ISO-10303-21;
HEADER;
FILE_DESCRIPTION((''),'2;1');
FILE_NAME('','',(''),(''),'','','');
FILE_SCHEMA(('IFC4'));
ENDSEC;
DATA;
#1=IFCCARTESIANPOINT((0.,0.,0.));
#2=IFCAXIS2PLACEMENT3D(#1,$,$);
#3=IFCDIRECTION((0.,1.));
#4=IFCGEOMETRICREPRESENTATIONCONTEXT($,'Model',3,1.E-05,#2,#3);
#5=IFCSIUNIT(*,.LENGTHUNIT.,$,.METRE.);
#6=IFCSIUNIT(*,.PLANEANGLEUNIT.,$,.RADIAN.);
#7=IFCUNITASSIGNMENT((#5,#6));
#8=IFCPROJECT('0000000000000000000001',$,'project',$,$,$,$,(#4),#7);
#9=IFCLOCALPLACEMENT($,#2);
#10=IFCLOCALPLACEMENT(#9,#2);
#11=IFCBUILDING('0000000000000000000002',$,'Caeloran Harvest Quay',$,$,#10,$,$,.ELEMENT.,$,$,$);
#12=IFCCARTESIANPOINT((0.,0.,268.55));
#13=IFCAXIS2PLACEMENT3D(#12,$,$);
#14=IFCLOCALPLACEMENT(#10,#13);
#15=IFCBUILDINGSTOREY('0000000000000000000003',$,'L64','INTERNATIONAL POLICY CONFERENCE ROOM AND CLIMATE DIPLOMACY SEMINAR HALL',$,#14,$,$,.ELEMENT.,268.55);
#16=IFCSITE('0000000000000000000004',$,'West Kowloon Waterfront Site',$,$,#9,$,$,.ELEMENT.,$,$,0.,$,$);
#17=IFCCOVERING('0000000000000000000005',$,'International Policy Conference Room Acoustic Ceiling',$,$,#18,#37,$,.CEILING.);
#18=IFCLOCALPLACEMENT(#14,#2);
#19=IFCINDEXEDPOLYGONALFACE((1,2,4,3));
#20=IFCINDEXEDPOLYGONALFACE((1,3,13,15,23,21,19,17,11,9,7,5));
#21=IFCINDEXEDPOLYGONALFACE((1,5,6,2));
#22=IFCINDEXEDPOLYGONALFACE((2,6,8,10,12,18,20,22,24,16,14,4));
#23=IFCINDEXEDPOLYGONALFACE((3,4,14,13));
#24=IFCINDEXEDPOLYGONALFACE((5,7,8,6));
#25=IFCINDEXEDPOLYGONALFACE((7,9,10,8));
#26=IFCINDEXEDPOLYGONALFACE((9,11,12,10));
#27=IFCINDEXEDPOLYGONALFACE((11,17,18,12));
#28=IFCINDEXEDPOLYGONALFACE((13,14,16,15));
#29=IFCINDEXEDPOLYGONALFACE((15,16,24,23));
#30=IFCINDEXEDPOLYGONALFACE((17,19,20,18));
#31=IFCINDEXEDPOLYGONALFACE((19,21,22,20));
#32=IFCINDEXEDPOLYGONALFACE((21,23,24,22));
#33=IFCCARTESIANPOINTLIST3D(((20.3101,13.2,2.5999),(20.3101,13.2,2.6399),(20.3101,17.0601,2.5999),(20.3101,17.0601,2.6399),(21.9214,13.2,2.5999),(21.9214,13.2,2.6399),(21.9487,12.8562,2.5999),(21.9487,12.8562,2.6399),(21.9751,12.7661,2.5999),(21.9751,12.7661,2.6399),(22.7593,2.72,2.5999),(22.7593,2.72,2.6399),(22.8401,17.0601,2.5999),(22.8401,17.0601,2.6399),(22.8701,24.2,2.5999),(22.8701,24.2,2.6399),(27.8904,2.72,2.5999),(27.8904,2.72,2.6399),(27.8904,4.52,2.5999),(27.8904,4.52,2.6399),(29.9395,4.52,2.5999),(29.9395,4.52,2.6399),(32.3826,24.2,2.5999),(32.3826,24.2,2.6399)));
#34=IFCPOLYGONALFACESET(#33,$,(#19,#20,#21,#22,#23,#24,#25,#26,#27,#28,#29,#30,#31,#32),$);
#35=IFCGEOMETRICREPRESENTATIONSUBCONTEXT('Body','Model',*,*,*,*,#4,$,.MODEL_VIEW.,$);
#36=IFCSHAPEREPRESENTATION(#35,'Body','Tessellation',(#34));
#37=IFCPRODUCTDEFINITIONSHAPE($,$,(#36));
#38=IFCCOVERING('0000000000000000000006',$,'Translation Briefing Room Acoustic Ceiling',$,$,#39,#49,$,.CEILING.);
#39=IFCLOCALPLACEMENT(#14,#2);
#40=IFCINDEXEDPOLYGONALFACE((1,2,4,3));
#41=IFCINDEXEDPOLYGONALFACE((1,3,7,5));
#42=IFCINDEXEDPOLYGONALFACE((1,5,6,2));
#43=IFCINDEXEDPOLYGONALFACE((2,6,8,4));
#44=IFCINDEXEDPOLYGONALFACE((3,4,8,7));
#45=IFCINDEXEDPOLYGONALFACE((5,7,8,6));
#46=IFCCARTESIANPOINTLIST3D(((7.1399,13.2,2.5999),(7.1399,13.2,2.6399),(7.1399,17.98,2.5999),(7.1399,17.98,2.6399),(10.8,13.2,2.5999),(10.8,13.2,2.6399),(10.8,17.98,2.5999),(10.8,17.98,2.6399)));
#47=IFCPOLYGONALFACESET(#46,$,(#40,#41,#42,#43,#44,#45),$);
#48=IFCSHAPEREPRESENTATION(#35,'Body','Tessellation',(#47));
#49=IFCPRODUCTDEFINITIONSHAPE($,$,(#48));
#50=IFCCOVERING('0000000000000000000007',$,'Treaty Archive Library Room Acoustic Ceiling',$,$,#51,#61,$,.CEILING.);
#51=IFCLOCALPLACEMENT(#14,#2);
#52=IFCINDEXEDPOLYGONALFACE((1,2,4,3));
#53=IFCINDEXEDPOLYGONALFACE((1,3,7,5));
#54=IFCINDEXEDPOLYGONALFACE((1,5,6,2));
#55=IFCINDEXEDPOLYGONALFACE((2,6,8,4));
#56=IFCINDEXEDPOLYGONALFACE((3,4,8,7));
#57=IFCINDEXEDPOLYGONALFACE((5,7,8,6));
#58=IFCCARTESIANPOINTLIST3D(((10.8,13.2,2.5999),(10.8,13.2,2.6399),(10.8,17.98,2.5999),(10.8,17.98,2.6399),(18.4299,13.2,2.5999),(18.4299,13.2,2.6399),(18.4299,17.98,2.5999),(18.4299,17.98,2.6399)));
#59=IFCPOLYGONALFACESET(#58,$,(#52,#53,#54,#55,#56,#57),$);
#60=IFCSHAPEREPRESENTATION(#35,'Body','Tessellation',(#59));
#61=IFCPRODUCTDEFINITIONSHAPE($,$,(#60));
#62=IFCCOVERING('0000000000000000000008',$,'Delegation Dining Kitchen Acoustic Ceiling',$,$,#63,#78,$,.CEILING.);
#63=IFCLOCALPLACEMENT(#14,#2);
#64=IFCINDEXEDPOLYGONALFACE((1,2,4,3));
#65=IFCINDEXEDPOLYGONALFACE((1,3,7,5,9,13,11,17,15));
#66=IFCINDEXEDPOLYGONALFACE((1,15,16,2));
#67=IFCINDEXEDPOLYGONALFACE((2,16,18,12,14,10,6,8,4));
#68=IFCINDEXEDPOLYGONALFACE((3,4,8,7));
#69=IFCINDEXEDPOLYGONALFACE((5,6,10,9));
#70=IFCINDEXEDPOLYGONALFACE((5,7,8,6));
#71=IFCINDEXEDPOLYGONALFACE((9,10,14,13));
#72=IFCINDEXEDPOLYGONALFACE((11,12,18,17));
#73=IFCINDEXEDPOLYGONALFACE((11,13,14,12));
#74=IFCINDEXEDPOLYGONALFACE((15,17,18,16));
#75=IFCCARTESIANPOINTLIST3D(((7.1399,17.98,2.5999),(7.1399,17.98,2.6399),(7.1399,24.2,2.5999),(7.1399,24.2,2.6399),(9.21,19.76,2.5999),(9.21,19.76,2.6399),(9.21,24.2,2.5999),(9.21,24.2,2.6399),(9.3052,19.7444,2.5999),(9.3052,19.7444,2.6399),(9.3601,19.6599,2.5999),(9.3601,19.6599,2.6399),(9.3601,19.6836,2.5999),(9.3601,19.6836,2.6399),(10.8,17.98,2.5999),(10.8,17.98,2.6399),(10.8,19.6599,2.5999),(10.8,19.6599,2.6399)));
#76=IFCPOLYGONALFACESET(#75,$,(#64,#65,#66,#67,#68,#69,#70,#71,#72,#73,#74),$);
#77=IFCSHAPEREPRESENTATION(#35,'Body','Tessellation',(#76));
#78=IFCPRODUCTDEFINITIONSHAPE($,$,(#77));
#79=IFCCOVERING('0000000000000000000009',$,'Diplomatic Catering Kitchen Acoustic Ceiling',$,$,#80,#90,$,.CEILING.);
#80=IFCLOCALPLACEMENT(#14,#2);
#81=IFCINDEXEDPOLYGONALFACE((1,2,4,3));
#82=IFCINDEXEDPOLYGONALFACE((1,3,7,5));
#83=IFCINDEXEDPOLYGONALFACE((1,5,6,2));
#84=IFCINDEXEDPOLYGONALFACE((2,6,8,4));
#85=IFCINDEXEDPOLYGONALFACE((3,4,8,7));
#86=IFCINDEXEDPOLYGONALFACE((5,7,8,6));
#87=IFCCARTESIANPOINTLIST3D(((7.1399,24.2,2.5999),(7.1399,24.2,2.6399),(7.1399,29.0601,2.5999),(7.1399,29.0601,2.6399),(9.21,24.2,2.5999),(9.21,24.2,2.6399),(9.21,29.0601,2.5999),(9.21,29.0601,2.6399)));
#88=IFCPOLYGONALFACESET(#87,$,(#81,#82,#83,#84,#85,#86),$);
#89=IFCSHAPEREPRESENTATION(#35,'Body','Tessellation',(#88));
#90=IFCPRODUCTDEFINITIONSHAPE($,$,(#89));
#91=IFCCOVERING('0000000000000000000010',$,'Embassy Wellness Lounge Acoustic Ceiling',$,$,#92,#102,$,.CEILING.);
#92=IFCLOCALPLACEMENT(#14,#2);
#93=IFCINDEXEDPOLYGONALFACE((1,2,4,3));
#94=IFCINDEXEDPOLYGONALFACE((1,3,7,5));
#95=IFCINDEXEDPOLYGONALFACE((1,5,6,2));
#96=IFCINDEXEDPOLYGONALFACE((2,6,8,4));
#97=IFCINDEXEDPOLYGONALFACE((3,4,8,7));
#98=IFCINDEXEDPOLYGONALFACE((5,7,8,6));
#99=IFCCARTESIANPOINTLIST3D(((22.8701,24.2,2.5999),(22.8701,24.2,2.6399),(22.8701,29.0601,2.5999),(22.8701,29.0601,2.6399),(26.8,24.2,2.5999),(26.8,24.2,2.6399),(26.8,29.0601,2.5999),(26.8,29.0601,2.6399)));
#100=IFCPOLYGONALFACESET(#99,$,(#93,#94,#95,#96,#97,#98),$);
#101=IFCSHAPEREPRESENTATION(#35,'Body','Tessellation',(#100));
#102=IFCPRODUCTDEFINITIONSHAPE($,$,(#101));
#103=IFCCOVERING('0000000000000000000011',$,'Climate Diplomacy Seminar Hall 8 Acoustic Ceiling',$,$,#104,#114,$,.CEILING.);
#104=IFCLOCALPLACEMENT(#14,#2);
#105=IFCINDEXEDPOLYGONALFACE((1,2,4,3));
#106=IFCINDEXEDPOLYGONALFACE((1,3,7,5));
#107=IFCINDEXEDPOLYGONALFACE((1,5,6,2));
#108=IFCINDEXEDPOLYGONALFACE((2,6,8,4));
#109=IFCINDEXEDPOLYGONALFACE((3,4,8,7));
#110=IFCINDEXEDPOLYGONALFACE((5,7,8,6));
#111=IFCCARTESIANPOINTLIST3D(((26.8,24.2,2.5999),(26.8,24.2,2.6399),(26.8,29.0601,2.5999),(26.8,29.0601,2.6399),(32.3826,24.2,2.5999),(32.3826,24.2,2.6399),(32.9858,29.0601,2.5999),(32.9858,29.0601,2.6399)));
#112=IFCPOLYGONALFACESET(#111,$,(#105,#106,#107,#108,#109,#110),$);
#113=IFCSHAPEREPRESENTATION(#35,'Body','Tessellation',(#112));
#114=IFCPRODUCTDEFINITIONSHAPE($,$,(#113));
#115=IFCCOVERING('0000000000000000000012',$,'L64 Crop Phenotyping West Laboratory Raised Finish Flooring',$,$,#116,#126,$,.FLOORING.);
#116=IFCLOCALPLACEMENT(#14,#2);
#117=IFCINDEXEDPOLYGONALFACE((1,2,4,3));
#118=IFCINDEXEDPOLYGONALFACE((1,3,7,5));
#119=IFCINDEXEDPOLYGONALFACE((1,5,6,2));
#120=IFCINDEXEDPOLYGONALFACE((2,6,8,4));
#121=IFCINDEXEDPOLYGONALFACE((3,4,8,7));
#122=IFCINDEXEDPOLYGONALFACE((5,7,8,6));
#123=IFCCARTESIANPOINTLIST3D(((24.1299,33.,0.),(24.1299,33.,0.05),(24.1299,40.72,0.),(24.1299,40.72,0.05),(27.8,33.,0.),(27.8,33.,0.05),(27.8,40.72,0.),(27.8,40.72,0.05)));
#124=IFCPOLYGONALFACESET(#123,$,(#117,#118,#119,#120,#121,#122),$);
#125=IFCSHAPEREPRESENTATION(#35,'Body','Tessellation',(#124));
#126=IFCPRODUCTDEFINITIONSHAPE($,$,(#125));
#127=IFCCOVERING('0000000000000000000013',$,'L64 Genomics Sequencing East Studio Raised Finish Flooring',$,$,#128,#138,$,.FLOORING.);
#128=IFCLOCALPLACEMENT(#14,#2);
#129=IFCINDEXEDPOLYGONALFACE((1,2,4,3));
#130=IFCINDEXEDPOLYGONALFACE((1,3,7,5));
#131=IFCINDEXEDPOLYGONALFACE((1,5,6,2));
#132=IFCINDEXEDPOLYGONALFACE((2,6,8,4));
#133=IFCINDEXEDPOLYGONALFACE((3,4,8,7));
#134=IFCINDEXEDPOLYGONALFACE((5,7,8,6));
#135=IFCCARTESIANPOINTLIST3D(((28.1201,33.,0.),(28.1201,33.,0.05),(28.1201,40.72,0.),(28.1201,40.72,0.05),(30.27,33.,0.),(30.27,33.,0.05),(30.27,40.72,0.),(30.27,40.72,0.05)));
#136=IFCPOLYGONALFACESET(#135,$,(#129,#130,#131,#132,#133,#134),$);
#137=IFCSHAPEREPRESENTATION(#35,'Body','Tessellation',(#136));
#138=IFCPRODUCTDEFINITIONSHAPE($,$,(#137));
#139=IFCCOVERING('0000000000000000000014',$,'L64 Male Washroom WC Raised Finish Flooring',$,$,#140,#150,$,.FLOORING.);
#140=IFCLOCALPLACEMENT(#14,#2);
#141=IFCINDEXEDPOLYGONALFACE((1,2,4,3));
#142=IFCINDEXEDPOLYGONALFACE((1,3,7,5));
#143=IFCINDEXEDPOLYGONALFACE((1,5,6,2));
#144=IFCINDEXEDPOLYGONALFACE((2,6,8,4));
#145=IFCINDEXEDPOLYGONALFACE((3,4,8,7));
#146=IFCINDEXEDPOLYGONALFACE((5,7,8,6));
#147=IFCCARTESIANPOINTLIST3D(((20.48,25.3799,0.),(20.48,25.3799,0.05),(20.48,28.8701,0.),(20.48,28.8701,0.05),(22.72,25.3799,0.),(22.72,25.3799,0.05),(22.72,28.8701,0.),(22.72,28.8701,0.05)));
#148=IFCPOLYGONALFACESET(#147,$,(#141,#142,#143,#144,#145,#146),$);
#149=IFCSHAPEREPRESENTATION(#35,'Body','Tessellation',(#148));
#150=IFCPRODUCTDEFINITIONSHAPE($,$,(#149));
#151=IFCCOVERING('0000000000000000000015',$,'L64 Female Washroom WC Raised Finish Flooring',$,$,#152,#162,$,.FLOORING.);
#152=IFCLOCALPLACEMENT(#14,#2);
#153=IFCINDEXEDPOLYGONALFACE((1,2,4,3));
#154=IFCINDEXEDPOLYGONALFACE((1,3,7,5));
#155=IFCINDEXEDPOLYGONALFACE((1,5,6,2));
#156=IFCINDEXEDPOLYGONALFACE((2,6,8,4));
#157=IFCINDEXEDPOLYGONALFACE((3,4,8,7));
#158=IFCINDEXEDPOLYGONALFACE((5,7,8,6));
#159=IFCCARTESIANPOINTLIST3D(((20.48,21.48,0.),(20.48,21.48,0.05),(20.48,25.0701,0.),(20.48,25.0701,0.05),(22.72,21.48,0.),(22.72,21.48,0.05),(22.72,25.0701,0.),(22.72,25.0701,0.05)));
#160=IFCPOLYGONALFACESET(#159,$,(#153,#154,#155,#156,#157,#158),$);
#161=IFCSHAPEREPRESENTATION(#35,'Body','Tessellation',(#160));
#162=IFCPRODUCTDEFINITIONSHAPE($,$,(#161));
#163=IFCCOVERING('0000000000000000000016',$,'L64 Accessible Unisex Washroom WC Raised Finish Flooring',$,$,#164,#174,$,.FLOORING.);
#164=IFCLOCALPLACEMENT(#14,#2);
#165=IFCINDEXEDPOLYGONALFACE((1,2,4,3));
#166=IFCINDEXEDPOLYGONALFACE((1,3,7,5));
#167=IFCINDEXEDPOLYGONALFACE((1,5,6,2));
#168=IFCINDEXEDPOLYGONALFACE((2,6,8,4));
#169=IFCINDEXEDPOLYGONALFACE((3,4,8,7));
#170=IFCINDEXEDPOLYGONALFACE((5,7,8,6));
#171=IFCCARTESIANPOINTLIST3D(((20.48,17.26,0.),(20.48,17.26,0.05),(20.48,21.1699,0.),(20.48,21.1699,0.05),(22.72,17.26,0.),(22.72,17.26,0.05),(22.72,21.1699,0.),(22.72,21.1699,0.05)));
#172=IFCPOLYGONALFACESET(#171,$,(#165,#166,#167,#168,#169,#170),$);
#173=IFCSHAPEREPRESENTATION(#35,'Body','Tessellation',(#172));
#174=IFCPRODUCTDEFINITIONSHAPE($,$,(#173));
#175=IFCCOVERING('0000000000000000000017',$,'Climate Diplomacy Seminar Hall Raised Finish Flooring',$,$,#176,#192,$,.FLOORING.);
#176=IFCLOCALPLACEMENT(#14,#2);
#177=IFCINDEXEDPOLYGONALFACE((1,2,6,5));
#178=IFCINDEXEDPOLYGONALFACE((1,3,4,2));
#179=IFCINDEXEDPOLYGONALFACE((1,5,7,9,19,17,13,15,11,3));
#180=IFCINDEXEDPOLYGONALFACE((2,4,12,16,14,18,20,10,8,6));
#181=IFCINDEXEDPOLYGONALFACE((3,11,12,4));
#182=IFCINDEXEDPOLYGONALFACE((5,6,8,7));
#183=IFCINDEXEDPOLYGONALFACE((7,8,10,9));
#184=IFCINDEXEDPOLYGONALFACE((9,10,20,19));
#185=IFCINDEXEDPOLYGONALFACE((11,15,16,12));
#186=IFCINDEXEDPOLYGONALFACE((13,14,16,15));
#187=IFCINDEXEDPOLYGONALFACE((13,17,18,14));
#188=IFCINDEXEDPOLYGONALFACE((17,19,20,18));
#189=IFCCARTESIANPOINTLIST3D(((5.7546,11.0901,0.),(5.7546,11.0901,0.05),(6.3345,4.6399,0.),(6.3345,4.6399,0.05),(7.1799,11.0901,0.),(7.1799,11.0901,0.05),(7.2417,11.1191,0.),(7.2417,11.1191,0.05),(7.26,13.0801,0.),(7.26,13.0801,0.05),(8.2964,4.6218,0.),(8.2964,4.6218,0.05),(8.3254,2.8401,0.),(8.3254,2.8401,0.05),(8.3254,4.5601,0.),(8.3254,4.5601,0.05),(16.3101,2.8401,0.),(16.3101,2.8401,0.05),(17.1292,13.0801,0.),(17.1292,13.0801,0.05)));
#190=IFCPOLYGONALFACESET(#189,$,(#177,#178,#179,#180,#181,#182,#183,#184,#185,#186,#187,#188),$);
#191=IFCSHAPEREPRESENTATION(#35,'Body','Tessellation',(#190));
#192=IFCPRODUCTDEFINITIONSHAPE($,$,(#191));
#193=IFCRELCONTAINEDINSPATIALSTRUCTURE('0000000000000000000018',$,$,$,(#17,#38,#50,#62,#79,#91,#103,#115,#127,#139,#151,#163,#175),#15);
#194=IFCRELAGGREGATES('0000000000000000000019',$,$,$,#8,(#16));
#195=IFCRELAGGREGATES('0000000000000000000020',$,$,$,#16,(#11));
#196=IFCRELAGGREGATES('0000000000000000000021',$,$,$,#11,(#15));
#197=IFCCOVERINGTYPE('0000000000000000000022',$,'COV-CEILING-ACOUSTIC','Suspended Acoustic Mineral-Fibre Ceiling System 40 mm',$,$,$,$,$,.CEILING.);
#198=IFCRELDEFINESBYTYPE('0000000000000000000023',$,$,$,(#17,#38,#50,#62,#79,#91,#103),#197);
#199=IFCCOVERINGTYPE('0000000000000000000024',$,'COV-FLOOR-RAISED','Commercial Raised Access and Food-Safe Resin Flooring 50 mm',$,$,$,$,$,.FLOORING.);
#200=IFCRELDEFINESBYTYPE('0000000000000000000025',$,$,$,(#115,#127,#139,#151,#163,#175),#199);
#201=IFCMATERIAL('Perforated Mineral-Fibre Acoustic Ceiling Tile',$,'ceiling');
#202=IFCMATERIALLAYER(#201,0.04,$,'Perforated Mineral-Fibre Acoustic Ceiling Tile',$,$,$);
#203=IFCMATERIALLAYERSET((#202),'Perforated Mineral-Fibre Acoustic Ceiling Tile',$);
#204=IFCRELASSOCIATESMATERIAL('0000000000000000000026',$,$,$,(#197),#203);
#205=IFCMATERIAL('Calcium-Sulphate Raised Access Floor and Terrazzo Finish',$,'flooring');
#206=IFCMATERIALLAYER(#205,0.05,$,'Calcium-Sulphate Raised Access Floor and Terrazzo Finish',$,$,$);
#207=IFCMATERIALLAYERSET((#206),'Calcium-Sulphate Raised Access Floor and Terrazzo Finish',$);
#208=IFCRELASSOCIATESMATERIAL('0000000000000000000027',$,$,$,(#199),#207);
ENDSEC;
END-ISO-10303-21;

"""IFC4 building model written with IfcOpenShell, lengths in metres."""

from ifc_helpers import new_model, si_unit, direction, frame, origin, place, context, subcontext, project, spatial, polyline, outline, extrude, material, layer, layer_set, type_object, element, save


model = new_model("IFC4")

# Units and contexts
model_context = context("Model", 3, precision=1e-05, world=origin(), true_north=direction((0.0, 1.0)))
body_context = subcontext(model_context, "Body", "Model", "MODEL_VIEW")
ifc_project = project(units=[si_unit("LENGTHUNIT", "METRE"), si_unit("PLANEANGLEUNIT", "RADIAN")], contexts=[model_context])

# Site, building, storey
site_placement = place(None, origin())
site = spatial("IfcSite", under=ifc_project, at=site_placement, Name="West Kowloon Waterfront Site", CompositionType="ELEMENT", RefElevation=0.0)
building_placement = place(site_placement, origin())
building = spatial("IfcBuilding", under=site, at=building_placement, Name="Caeloran Harvest Quay", CompositionType="ELEMENT")
storey_placement = place(building_placement, frame((0.0, 0.0, 268.55)))
storey = spatial("IfcBuildingStorey", under=building, at=storey_placement, Name="L64", Description="INTERNATIONAL POLICY CONFERENCE ROOM AND CLIMATE DIPLOMACY SEMINAR HALL", CompositionType="ELEMENT", Elevation=268.55)

# Coverings
ifc_material_1 = material(Name="Perforated Mineral-Fibre Acoustic Ceiling Tile", Category="ceiling")
ifc_layer_1 = layer(ifc_material_1, 0.04, Name="Perforated Mineral-Fibre Acoustic Ceiling Tile")
ifc_layer_set_1 = layer_set([ifc_layer_1], Name="Perforated Mineral-Fibre Acoustic Ceiling Tile")
covering_type_1 = type_object("IfcCoveringType", Name="COV-CEILING-ACOUSTIC", Description="Suspended Acoustic Mineral-Fibre Ceiling System 40 mm", PredefinedType="CEILING", material=ifc_layer_set_1)
covering_1_placement = place(storey_placement, frame((0.0, 0.0, 2.5999)))
element("IfcCovering", 1, at=covering_1_placement, inside=storey, type_object=covering_type_1, Name="International Policy Conference Room Acoustic Ceiling", PredefinedType="CEILING", context=body_context, shape_type="SweptSolid", body=[
    extrude(outline(polyline([(29.9395, 4.52), (27.8904, 4.52), (27.8904, 2.72), (22.7593, 2.72), (21.9751, 12.7661), (21.9487, 12.8562), (21.9214, 13.2), (20.3101, 13.2), (20.3101, 17.0601), (22.8401, 17.0601), (22.8701, 24.2), (32.3826, 24.2), (29.9395, 4.52)])), origin(), (0.0, 0.0, 1.0), 0.04),
])
covering_2_placement = place(storey_placement, frame((0.0, 0.0, 2.5999)))
element("IfcCovering", 2, at=covering_2_placement, inside=storey, type_object=covering_type_1, Name="Translation Briefing Room Acoustic Ceiling", PredefinedType="CEILING", context=body_context, shape_type="SweptSolid", body=[
    extrude(outline(polyline([(7.1399, 17.98), (10.8, 17.98), (10.8, 13.2), (7.1399, 13.2), (7.1399, 17.98)])), origin(), (0.0, 0.0, 1.0), 0.04),
])
covering_3_placement = place(storey_placement, frame((0.0, 0.0, 2.5999)))
element("IfcCovering", 3, at=covering_3_placement, inside=storey, type_object=covering_type_1, Name="Treaty Archive Library Room Acoustic Ceiling", PredefinedType="CEILING", context=body_context, shape_type="SweptSolid", body=[
    extrude(outline(polyline([(18.4299, 13.2), (10.8, 13.2), (10.8, 17.98), (18.4299, 17.98), (18.4299, 13.2)])), origin(), (0.0, 0.0, 1.0), 0.04),
])
covering_4_placement = place(storey_placement, frame((0.0, 0.0, 2.5999)))
element("IfcCovering", 4, at=covering_4_placement, inside=storey, type_object=covering_type_1, Name="Delegation Dining Kitchen Acoustic Ceiling", PredefinedType="CEILING", context=body_context, shape_type="SweptSolid", body=[
    extrude(outline(polyline([(9.21, 19.76), (9.3052, 19.7444), (9.3601, 19.6836), (9.3601, 19.6599), (10.8, 19.6599), (10.8, 17.98), (7.1399, 17.98), (7.1399, 24.2), (9.21, 24.2), (9.21, 19.76)])), origin(), (0.0, 0.0, 1.0), 0.04),
])
covering_5_placement = place(storey_placement, frame((0.0, 0.0, 2.5999)))
element("IfcCovering", 5, at=covering_5_placement, inside=storey, type_object=covering_type_1, Name="Diplomatic Catering Kitchen Acoustic Ceiling", PredefinedType="CEILING", context=body_context, shape_type="SweptSolid", body=[
    extrude(outline(polyline([(7.1399, 24.2), (7.1399, 29.0601), (9.21, 29.0601), (9.21, 24.2), (7.1399, 24.2)])), origin(), (0.0, 0.0, 1.0), 0.04),
])
covering_6_placement = place(storey_placement, frame((0.0, 0.0, 2.5999)))
element("IfcCovering", 6, at=covering_6_placement, inside=storey, type_object=covering_type_1, Name="Embassy Wellness Lounge Acoustic Ceiling", PredefinedType="CEILING", context=body_context, shape_type="SweptSolid", body=[
    extrude(outline(polyline([(22.8701, 24.2), (22.8701, 29.0601), (26.8, 29.0601), (26.8, 24.2), (22.8701, 24.2)])), origin(), (0.0, 0.0, 1.0), 0.04),
])
covering_7_placement = place(storey_placement, frame((0.0, 0.0, 2.5999)))
element("IfcCovering", 7, at=covering_7_placement, inside=storey, type_object=covering_type_1, Name="Climate Diplomacy Seminar Hall 8 Acoustic Ceiling", PredefinedType="CEILING", context=body_context, shape_type="SweptSolid", body=[
    extrude(outline(polyline([(26.8, 29.0601), (32.9858, 29.0601), (32.3826, 24.2), (26.8, 24.2), (26.8, 29.0601)])), origin(), (0.0, 0.0, 1.0), 0.04),
])
ifc_material_2 = material(Name="Calcium-Sulphate Raised Access Floor and Terrazzo Finish", Category="flooring")
ifc_layer_2 = layer(ifc_material_2, 0.05, Name="Calcium-Sulphate Raised Access Floor and Terrazzo Finish")
ifc_layer_set_2 = layer_set([ifc_layer_2], Name="Calcium-Sulphate Raised Access Floor and Terrazzo Finish")
covering_type_2 = type_object("IfcCoveringType", Name="COV-FLOOR-RAISED", Description="Commercial Raised Access and Food-Safe Resin Flooring 50 mm", PredefinedType="FLOORING", material=ifc_layer_set_2)
covering_8_placement = place(storey_placement, origin())
element("IfcCovering", 8, at=covering_8_placement, inside=storey, type_object=covering_type_2, Name="L64 Crop Phenotyping West Laboratory Raised Finish Flooring", PredefinedType="FLOORING", context=body_context, shape_type="SweptSolid", body=[
    extrude(outline(polyline([(27.8, 40.72), (27.8, 33.0), (24.1299, 33.0), (24.1299, 40.72), (27.8, 40.72)])), origin(), (0.0, 0.0, 1.0), 0.05),
])
covering_9_placement = place(storey_placement, origin())
element("IfcCovering", 9, at=covering_9_placement, inside=storey, type_object=covering_type_2, Name="L64 Genomics Sequencing East Studio Raised Finish Flooring", PredefinedType="FLOORING", context=body_context, shape_type="SweptSolid", body=[
    extrude(outline(polyline([(30.27, 40.72), (30.27, 33.0), (28.1201, 33.0), (28.1201, 40.72), (30.27, 40.72)])), origin(), (0.0, 0.0, 1.0), 0.05),
])
covering_10_placement = place(storey_placement, origin())
element("IfcCovering", 10, at=covering_10_placement, inside=storey, type_object=covering_type_2, Name="L64 Male Washroom WC Raised Finish Flooring", PredefinedType="FLOORING", context=body_context, shape_type="SweptSolid", body=[
    extrude(outline(polyline([(22.72, 28.8701), (22.72, 25.3799), (20.48, 25.3799), (20.48, 28.8701), (22.72, 28.8701)])), origin(), (0.0, 0.0, 1.0), 0.05),
])
covering_11_placement = place(storey_placement, origin())
element("IfcCovering", 11, at=covering_11_placement, inside=storey, type_object=covering_type_2, Name="L64 Female Washroom WC Raised Finish Flooring", PredefinedType="FLOORING", context=body_context, shape_type="SweptSolid", body=[
    extrude(outline(polyline([(22.72, 25.0701), (22.72, 21.48), (20.48, 21.48), (20.48, 25.0701), (22.72, 25.0701)])), origin(), (0.0, 0.0, 1.0), 0.05),
])
covering_12_placement = place(storey_placement, origin())
element("IfcCovering", 12, at=covering_12_placement, inside=storey, type_object=covering_type_2, Name="L64 Accessible Unisex Washroom WC Raised Finish Flooring", PredefinedType="FLOORING", context=body_context, shape_type="SweptSolid", body=[
    extrude(outline(polyline([(22.72, 21.1699), (22.72, 17.26), (20.48, 17.26), (20.48, 21.1699), (22.72, 21.1699)])), origin(), (0.0, 0.0, 1.0), 0.05),
])
covering_13_placement = place(storey_placement, origin())
element("IfcCovering", 13, at=covering_13_placement, inside=storey, type_object=covering_type_2, Name="Climate Diplomacy Seminar Hall Raised Finish Flooring", PredefinedType="FLOORING", context=body_context, shape_type="SweptSolid", body=[
    extrude(outline(polyline([(17.1292, 13.0801), (16.3101, 2.8401), (8.3254, 2.8401), (8.3254, 4.5601), (8.2964, 4.6218), (6.3345, 4.6399), (5.7546, 11.0901), (7.1799, 11.0901), (7.2417, 11.1191), (7.26, 13.0801), (17.1292, 13.0801)])), origin(), (0.0, 0.0, 1.0), 0.05),
])

save(model, "model.ifc")
